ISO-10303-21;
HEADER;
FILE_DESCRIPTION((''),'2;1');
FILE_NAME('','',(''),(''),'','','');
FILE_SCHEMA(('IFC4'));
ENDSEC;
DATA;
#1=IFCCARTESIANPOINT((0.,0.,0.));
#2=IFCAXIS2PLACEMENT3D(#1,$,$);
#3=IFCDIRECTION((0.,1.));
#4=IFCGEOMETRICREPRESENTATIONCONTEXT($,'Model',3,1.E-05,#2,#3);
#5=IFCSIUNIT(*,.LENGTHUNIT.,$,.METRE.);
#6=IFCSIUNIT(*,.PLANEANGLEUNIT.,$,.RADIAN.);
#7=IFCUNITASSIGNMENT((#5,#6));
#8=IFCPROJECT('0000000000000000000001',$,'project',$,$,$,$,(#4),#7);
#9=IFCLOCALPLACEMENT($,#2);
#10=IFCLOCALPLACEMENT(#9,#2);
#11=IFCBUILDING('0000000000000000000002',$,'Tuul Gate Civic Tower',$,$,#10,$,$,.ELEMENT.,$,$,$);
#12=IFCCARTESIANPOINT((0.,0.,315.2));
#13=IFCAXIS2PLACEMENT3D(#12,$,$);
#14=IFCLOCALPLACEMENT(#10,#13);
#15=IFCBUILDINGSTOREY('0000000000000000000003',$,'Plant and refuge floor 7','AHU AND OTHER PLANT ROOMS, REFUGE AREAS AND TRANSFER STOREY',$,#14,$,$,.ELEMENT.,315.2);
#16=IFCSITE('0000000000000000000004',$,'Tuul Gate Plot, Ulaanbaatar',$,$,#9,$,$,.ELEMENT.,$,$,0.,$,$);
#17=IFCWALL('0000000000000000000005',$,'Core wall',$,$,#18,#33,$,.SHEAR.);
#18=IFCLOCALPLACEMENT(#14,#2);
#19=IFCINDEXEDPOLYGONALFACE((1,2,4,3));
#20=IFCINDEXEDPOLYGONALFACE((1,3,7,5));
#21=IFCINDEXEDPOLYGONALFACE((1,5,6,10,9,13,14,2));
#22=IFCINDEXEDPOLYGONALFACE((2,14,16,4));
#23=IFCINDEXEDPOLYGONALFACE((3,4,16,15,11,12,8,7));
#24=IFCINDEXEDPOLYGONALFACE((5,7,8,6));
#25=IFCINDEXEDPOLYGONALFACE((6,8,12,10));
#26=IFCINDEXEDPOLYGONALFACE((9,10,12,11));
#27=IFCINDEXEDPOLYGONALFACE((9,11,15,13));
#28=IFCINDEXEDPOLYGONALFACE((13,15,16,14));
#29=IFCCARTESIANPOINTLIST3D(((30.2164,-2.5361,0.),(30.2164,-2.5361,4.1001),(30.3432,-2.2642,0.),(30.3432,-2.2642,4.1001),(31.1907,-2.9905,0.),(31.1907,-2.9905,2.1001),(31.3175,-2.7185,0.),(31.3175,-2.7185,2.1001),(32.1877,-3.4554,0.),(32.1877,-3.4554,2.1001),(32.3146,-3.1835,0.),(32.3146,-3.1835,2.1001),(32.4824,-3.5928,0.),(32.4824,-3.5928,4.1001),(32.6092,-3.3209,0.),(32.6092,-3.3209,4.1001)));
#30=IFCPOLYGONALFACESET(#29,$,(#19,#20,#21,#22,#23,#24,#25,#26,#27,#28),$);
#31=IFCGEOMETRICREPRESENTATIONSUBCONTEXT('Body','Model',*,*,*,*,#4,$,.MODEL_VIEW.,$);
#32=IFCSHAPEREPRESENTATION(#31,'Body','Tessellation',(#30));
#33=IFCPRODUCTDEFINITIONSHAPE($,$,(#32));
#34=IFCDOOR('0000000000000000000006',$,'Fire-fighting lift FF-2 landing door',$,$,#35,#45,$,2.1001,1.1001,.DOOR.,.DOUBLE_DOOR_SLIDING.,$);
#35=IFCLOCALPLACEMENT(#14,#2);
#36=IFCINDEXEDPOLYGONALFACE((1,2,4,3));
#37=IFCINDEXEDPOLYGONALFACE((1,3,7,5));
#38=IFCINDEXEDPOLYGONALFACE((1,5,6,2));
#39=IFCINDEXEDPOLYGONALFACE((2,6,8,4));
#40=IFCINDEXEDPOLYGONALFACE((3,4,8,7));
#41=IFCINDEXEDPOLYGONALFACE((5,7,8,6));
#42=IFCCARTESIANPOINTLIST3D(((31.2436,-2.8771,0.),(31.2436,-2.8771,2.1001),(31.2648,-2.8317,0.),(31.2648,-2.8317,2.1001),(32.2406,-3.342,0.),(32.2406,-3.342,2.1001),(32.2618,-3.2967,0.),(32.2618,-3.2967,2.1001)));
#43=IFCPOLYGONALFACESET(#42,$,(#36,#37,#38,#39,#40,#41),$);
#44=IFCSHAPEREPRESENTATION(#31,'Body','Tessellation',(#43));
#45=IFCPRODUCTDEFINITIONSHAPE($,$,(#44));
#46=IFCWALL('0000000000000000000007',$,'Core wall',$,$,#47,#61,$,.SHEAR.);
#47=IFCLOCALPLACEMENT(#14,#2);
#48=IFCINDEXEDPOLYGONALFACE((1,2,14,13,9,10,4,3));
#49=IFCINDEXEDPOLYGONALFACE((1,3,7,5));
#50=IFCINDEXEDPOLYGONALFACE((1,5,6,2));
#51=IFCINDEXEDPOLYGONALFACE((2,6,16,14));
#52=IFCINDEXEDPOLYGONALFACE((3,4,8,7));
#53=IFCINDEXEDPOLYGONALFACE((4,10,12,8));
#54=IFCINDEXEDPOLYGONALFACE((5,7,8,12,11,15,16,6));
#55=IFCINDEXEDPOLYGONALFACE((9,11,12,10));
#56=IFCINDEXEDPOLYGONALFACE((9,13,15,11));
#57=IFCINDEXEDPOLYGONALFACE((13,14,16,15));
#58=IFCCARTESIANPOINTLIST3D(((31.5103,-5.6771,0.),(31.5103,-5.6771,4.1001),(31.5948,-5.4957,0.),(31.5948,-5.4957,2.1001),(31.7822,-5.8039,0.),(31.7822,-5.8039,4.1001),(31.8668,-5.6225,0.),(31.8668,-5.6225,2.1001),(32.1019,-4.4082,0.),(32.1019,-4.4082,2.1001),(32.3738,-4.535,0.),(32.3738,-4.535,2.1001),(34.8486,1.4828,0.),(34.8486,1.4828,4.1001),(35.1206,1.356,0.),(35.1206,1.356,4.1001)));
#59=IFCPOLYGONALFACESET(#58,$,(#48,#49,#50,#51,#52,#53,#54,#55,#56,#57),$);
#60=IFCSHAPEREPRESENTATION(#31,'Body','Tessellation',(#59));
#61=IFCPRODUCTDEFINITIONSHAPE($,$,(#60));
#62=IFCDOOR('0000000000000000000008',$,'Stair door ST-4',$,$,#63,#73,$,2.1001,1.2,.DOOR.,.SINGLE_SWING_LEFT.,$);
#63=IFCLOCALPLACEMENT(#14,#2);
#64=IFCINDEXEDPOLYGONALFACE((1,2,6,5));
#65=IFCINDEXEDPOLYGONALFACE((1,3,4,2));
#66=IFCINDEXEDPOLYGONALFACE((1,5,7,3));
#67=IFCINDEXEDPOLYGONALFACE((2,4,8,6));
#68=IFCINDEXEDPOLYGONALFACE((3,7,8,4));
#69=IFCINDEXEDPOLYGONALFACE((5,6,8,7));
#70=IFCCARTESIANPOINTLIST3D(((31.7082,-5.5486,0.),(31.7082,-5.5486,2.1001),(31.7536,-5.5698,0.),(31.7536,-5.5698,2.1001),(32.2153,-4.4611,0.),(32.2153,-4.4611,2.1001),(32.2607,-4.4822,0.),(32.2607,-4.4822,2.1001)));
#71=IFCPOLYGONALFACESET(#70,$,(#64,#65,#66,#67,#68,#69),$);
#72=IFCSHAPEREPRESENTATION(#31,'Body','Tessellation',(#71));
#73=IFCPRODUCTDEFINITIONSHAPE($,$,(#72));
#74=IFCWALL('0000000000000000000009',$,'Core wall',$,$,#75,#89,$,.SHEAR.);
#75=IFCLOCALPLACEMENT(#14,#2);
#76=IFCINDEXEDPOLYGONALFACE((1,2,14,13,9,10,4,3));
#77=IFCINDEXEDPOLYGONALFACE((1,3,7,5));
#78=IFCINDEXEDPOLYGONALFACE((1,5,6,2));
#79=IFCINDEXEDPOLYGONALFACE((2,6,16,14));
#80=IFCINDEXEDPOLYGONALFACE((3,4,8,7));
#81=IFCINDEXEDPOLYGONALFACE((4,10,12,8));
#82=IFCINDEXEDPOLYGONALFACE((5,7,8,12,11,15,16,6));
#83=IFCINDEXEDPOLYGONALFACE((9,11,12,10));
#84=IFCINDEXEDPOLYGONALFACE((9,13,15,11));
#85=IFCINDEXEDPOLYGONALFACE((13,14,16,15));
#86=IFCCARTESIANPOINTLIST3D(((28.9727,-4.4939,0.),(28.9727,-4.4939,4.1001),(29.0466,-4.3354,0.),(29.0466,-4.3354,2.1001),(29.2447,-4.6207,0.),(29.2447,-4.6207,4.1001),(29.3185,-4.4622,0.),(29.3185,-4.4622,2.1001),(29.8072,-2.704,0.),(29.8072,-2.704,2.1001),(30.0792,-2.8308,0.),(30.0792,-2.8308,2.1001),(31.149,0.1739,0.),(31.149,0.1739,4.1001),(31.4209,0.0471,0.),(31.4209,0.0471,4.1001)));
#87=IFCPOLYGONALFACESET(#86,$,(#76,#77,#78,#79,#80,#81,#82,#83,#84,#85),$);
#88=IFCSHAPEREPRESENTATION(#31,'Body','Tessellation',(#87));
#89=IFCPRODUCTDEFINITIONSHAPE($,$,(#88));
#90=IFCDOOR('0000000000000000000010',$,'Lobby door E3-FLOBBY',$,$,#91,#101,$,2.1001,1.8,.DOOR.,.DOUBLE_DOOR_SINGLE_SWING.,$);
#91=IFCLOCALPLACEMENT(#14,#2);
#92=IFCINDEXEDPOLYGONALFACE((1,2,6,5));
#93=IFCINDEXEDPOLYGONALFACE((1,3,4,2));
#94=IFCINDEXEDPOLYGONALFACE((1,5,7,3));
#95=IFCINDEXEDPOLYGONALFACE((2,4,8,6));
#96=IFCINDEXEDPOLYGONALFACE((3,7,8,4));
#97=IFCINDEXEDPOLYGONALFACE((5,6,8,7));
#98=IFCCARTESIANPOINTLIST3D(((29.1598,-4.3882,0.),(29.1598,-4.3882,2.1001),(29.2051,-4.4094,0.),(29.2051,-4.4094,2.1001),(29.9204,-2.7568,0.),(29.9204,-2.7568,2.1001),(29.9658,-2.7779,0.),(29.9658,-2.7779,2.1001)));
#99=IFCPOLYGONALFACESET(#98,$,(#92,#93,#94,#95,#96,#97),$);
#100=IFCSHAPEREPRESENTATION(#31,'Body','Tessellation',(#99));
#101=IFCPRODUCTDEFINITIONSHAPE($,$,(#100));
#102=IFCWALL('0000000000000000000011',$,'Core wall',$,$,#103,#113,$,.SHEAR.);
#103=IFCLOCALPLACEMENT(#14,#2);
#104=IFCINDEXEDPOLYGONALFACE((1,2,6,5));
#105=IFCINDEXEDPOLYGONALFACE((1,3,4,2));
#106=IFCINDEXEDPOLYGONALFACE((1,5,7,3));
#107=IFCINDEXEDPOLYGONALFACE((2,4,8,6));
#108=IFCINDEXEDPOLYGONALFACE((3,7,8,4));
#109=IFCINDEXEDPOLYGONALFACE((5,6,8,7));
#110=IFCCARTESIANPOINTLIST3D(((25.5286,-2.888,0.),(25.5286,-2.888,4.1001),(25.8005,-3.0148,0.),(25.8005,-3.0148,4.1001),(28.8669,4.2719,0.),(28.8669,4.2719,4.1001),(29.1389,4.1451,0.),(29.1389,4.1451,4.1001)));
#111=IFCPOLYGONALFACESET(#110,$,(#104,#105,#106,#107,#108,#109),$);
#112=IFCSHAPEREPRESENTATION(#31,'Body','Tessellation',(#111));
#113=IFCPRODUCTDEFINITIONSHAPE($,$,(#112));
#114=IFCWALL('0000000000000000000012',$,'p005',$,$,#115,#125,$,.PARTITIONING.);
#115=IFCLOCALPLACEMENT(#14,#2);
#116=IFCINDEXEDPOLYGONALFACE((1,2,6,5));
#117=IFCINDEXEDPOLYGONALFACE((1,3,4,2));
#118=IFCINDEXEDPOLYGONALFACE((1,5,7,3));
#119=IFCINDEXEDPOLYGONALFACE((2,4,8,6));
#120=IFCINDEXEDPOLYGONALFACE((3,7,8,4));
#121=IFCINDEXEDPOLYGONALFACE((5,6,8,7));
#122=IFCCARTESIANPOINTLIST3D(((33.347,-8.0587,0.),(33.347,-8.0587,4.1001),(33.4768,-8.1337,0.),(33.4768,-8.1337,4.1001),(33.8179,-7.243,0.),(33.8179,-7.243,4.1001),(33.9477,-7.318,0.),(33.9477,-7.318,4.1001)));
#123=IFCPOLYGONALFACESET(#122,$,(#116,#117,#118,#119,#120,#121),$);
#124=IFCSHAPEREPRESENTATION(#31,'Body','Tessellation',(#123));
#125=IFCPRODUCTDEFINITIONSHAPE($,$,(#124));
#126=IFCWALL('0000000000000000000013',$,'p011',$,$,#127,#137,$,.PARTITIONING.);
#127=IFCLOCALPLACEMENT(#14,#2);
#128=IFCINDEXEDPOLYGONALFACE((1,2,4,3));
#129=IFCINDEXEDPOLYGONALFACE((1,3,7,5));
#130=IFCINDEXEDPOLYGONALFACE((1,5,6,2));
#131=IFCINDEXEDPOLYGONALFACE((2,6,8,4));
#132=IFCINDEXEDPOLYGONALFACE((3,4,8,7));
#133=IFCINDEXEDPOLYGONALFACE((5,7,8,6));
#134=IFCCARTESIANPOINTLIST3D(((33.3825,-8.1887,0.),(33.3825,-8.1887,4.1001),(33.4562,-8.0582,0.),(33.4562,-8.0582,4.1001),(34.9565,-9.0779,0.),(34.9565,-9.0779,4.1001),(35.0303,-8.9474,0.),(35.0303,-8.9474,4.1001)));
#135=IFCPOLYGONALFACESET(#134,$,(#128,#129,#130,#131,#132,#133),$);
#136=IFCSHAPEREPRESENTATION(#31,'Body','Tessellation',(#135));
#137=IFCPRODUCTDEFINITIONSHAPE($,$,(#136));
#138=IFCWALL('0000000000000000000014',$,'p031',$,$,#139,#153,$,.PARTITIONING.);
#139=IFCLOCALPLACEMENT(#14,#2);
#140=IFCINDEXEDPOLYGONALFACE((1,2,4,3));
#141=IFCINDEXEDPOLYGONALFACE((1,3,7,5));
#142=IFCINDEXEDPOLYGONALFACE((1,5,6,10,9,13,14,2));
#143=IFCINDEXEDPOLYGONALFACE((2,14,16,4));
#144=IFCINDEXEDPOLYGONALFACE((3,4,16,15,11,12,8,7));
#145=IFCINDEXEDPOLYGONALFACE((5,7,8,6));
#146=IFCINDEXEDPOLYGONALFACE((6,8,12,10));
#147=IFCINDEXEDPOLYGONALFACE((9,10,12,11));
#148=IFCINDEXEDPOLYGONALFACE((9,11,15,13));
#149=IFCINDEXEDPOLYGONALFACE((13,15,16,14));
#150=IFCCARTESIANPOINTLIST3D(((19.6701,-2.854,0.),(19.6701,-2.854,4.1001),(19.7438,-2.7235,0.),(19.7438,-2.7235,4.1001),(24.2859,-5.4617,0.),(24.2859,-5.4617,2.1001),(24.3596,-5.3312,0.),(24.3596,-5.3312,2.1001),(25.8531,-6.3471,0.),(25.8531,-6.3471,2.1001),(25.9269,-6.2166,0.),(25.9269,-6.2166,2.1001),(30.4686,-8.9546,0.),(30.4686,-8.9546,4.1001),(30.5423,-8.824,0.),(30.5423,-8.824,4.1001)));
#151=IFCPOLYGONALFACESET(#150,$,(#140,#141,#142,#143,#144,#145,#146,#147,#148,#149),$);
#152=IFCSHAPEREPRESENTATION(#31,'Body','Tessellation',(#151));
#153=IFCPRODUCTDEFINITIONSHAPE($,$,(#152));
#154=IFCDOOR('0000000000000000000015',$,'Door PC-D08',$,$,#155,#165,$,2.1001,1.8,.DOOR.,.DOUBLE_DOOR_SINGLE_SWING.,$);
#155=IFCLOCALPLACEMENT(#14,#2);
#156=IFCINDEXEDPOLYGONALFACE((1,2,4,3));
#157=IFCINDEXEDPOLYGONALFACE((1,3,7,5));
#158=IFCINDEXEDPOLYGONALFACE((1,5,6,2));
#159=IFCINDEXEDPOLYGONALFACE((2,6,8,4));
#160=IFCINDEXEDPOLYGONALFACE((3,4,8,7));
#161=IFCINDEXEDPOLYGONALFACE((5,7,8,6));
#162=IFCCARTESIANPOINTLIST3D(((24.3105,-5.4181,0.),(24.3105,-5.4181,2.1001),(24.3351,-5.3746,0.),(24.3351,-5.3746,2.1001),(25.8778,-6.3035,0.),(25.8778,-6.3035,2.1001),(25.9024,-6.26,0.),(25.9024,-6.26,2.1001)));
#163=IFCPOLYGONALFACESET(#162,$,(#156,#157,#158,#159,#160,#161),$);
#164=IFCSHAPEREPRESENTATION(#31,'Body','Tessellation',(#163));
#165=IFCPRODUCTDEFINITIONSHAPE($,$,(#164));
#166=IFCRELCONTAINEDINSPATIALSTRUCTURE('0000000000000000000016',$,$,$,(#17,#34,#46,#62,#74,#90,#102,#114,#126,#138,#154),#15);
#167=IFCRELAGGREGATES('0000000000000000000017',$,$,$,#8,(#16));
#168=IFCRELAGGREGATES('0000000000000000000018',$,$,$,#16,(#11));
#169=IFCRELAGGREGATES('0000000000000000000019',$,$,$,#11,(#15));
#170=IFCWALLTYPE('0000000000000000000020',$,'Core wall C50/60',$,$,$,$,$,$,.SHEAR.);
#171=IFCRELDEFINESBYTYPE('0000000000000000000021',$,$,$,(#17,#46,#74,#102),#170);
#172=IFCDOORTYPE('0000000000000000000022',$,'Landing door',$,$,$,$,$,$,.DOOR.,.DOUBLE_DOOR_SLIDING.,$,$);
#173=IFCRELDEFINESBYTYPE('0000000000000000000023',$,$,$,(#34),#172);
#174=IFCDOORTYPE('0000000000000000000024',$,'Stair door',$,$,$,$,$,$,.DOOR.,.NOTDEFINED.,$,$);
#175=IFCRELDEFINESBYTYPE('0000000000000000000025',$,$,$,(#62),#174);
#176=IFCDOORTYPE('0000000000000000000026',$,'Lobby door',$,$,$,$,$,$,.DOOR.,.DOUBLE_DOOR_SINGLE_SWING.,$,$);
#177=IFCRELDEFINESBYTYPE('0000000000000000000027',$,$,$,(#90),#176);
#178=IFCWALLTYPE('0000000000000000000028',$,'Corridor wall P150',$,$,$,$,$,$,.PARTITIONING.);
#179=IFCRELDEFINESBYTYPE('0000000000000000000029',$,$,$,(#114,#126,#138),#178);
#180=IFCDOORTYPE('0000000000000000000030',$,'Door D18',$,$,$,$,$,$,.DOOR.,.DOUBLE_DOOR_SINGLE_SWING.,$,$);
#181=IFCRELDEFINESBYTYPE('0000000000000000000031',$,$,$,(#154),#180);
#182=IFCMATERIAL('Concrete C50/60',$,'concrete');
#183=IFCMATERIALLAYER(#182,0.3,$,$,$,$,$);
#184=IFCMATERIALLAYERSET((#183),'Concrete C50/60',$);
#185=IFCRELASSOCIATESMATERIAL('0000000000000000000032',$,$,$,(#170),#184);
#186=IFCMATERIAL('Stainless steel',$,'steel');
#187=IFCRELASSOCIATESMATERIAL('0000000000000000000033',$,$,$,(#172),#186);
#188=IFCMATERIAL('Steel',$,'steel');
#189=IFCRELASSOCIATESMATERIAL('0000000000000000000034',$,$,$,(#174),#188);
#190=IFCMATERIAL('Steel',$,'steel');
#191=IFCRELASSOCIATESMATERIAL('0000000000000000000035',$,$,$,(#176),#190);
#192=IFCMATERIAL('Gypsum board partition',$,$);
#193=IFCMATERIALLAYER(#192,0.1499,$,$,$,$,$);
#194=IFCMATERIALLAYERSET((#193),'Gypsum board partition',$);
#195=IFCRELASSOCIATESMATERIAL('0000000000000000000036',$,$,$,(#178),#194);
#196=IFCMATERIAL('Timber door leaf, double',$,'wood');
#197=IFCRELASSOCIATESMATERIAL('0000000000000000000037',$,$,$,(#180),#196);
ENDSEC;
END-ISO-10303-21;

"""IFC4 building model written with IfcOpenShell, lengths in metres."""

from ifc_helpers import new_model, si_unit, direction, frame, frame_2d, origin, place, context, subcontext, project, spatial, rectangle, extrude, material, layer, layer_set, type_object, element, fill, save


model = new_model("IFC4")

# Units and contexts
model_context = context("Model", 3, precision=1e-05, world=origin(), true_north=direction((0.0, 1.0)))
body_context = subcontext(model_context, "Body", "Model", "MODEL_VIEW")
ifc_project = project(units=[si_unit("LENGTHUNIT", "METRE"), si_unit("PLANEANGLEUNIT", "RADIAN")], contexts=[model_context])

# Site, building, storey
site_placement = place(None, origin())
site = spatial("IfcSite", under=ifc_project, at=site_placement, Name="Tuul Gate Plot, Ulaanbaatar", CompositionType="ELEMENT", RefElevation=0.0)
building_placement = place(site_placement, origin())
building = spatial("IfcBuilding", under=site, at=building_placement, Name="Tuul Gate Civic Tower", CompositionType="ELEMENT")
storey_placement = place(building_placement, frame((0.0, 0.0, 315.2)))
storey = spatial("IfcBuildingStorey", under=building, at=storey_placement, Name="Plant and refuge floor 7", Description="AHU AND OTHER PLANT ROOMS, REFUGE AREAS AND TRANSFER STOREY", CompositionType="ELEMENT", Elevation=315.2)

# Walls, openings, doors
ifc_material_1 = material(Name="Concrete C50/60", Category="concrete")
ifc_layer_1 = layer(ifc_material_1, 0.3)
ifc_layer_set_1 = layer_set([ifc_layer_1], Name="Concrete C50/60")
wall_type_1 = type_object("IfcWallType", Name="Core wall C50/60", PredefinedType="SHEAR", material=ifc_layer_set_1)
wall_1_placement = place(storey_placement, frame((32.5457, -3.4568, 0.0), z_axis=(0.0, 0.0, 1.0), x_axis=(-0.9063, 0.422634, 0.0)))
wall_1 = element("IfcWall", 1, at=wall_1_placement, inside=storey, type_object=wall_type_1, Name="Core wall", PredefinedType="SHEAR", context=body_context, shape_type="SweptSolid", body=[
    extrude(rectangle(XDim=2.5002, YDim=0.3, at=frame_2d((1.25, 0.0))), origin(), (0.0, 0.0, 1.0), 4.1001),
])
opening_1_placement = place(wall_1_placement, frame((0.325, 0.0, 0.0)))
opening_1 = element("IfcOpeningElement", 2, at=opening_1_placement, cuts=wall_1, PredefinedType="OPENING", context=body_context, shape_type="SweptSolid", body=[
    extrude(rectangle(XDim=1.1001, YDim=2.1001, at=frame_2d((0.55, 1.05))), frame((0.0, 0.1602, 0.0), z_axis=(0.0, -1.0, 0.0), x_axis=(1.0, 0.0, 0.0)), (0.0, 0.0, 1.0), 0.3201),
])
ifc_material_2 = material(Name="Stainless steel", Category="steel")
door_type_1 = type_object("IfcDoorType", Name="Landing door", OperationType="DOUBLE_DOOR_SLIDING", PredefinedType="DOOR", material=ifc_material_2)
door_1_placement = place(opening_1_placement, origin())
door_1 = element("IfcDoor", 3, at=door_1_placement, inside=storey, type_object=door_type_1, Name="Fire-fighting lift FF-2 landing door", OperationType="DOUBLE_DOOR_SLIDING", OverallHeight=2.1001, OverallWidth=1.1001, PredefinedType="DOOR", context=body_context, shape_type="SweptSolid", body=[
    extrude(rectangle(XDim=1.1001, YDim=2.1001, at=frame_2d((0.55, 1.05))), frame((0.0, 0.0249, 0.0), z_axis=(0.0, -1.0, 0.0), x_axis=(1.0, 0.0, 0.0)), (0.0, 0.0, 1.0), 0.05),
])
fill(opening_1, door_1)
wall_2_placement = place(storey_placement, frame((31.6462, -5.7405, 0.0), z_axis=(0.0, 0.0, 1.0), x_axis=(0.422583, 0.906324, 0.0)))
wall_2 = element("IfcWall", 4, at=wall_2_placement, inside=storey, type_object=wall_type_1, Name="Core wall", PredefinedType="SHEAR", context=body_context, shape_type="SweptSolid", body=[
    extrude(rectangle(XDim=7.8999, YDim=0.3, at=frame_2d((3.95, 0.0))), origin(), (0.0, 0.0, 1.0), 4.1001),
])
opening_2_placement = place(wall_2_placement, frame((0.2, 0.0, 0.0)))
opening_2 = element("IfcOpeningElement", 5, at=opening_2_placement, cuts=wall_2, PredefinedType="OPENING", context=body_context, shape_type="SweptSolid", body=[
    extrude(rectangle(XDim=1.2, YDim=2.1001, at=frame_2d((0.6001, 1.05))), frame((0.0, 0.1602, 0.0), z_axis=(0.0, -1.0, 0.0), x_axis=(1.0, 0.0, 0.0)), (0.0, 0.0, 1.0), 0.3201),
])
ifc_material_3 = material(Name="Steel", Category="steel")
door_type_2 = type_object("IfcDoorType", Name="Stair door", OperationType="NOTDEFINED", PredefinedType="DOOR", material=ifc_material_3)
door_2_placement = place(opening_2_placement, origin())
door_2 = element("IfcDoor", 6, at=door_2_placement, inside=storey, type_object=door_type_2, Name="Stair door ST-4", OperationType="SINGLE_SWING_LEFT", OverallHeight=2.1001, OverallWidth=1.2, PredefinedType="DOOR", context=body_context, shape_type="SweptSolid", body=[
    extrude(rectangle(XDim=1.2, YDim=2.1001, at=frame_2d((0.6001, 1.05))), frame((0.0, 0.0249, 0.0), z_axis=(0.0, -1.0, 0.0), x_axis=(1.0, 0.0, 0.0)), (0.0, 0.0, 1.0), 0.05),
])
fill(opening_2, door_2)
wall_3_placement = place(storey_placement, frame((29.1086, -4.5574, 0.0), z_axis=(0.0, 0.0, 1.0), x_axis=(0.422566, 0.906332, 0.0)))
wall_3 = element("IfcWall", 7, at=wall_3_placement, inside=storey, type_object=wall_type_1, Name="Core wall", PredefinedType="SHEAR", context=body_context, shape_type="SweptSolid", body=[
    extrude(rectangle(XDim=5.1501, YDim=0.3, at=frame_2d((2.5752, 0.0))), origin(), (0.0, 0.0, 1.0), 4.1001),
])
opening_3_placement = place(wall_3_placement, frame((0.175, 0.0, 0.0)))
opening_3 = element("IfcOpeningElement", 8, at=opening_3_placement, cuts=wall_3, PredefinedType="OPENING", context=body_context, shape_type="SweptSolid", body=[
    extrude(rectangle(XDim=1.8, YDim=2.1001, at=frame_2d((0.8999, 1.05))), frame((0.0, 0.1602, 0.0), z_axis=(0.0, -1.0, 0.0), x_axis=(1.0, 0.0, 0.0)), (0.0, 0.0, 1.0), 0.3201),
])
ifc_material_4 = material(Name="Steel", Category="steel")
door_type_3 = type_object("IfcDoorType", Name="Lobby door", OperationType="DOUBLE_DOOR_SINGLE_SWING", PredefinedType="DOOR", material=ifc_material_4)
door_3_placement = place(opening_3_placement, frame((1.8, 0.0, 0.0), z_axis=(0.0, 0.0, 1.0), x_axis=(-1.0, 0.0, 0.0)))
door_3 = element("IfcDoor", 9, at=door_3_placement, inside=storey, type_object=door_type_3, Name="Lobby door E3-FLOBBY", OperationType="DOUBLE_DOOR_SINGLE_SWING", OverallHeight=2.1001, OverallWidth=1.8, PredefinedType="DOOR", context=body_context, shape_type="SweptSolid", body=[
    extrude(rectangle(XDim=1.8, YDim=2.1001, at=frame_2d((0.9001, 1.05))), frame((0.0, 0.0249, 0.0), z_axis=(0.0, -1.0, 0.0), x_axis=(1.0, 0.0, 0.0)), (0.0, 0.0, 1.0), 0.05),
])
fill(opening_3, door_3)

# Walls
wall_4_placement = place(storey_placement, frame((25.6646, -2.9514, 0.0), z_axis=(0.0, 0.0, 1.0), x_axis=(0.422583, 0.906324, 0.0)))
element("IfcWall", 10, at=wall_4_placement, inside=storey, type_object=wall_type_1, Name="Core wall", PredefinedType="SHEAR", context=body_context, shape_type="SweptSolid", body=[
    extrude(rectangle(XDim=7.8999, YDim=0.3, at=frame_2d((3.95, 0.0))), origin(), (0.0, 0.0, 1.0), 4.1001),
])
ifc_material_5 = material(Name="Gypsum board partition")
ifc_layer_2 = layer(ifc_material_5, 0.1499)
ifc_layer_set_2 = layer_set([ifc_layer_2], Name="Gypsum board partition")
wall_type_2 = type_object("IfcWallType", Name="Corridor wall P150", PredefinedType="PARTITIONING", material=ifc_layer_set_2)
wall_5_placement = place(storey_placement, frame((33.4119, -8.0962, 0.0), z_axis=(0.0, 0.0, 1.0), x_axis=(0.500014, 0.866017, 0.0)))
element("IfcWall", 11, at=wall_5_placement, inside=storey, type_object=wall_type_2, Name="p005", PredefinedType="PARTITIONING", context=body_context, shape_type="SweptSolid", body=[
    extrude(rectangle(XDim=0.9419, YDim=0.1499, at=frame_2d((0.4709, 0.0))), origin(), (0.0, 0.0, 1.0), 4.1001),
])
wall_6_placement = place(storey_placement, frame((33.4194, -8.1235, 0.0), z_axis=(0.0, 0.0, 1.0), x_axis=(0.870676, -0.491857, 0.0)))
element("IfcWall", 12, at=wall_6_placement, inside=storey, type_object=wall_type_2, Name="p011", PredefinedType="PARTITIONING", context=body_context, shape_type="SweptSolid", body=[
    extrude(rectangle(XDim=1.8079, YDim=0.1499, at=frame_2d((0.9038, 0.0))), origin(), (0.0, 0.0, 1.0), 4.1001),
])

# Wall, opening, door
wall_7_placement = place(storey_placement, frame((19.707, -2.7888, 0.0), z_axis=(0.0, 0.0, 1.0), x_axis=(0.870665, -0.491876, 0.0)))
wall_7 = element("IfcWall", 13, at=wall_7_placement, inside=storey, type_object=wall_type_2, Name="p031", PredefinedType="PARTITIONING", context=body_context, shape_type="SweptSolid", body=[
    extrude(rectangle(XDim=12.4026, YDim=0.1499, at=frame_2d((6.2012, 0.0))), origin(), (0.0, 0.0, 1.0), 4.1001),
])
opening_4_placement = place(wall_7_placement, frame((5.3015, 0.0, 0.0)))
opening_4 = element("IfcOpeningElement", 14, at=opening_4_placement, cuts=wall_7, PredefinedType="OPENING", context=body_context, shape_type="SweptSolid", body=[
    extrude(rectangle(XDim=1.8, YDim=2.1001, at=frame_2d((0.8999, 1.05))), frame((0.0, 0.085, 0.0), z_axis=(0.0, -1.0, 0.0), x_axis=(1.0, 0.0, 0.0)), (0.0, 0.0, 1.0), 0.1699),
])
ifc_material_6 = material(Name="Timber door leaf, double", Category="wood")
door_type_4 = type_object("IfcDoorType", Name="Door D18", OperationType="DOUBLE_DOOR_SINGLE_SWING", PredefinedType="DOOR", material=ifc_material_6)
door_4_placement = place(opening_4_placement, frame((1.8, 0.0, 0.0), z_axis=(0.0, 0.0, 1.0), x_axis=(-1.0, 0.0, 0.0)))
door_4 = element("IfcDoor", 15, at=door_4_placement, inside=storey, type_object=door_type_4, Name="Door PC-D08", OperationType="DOUBLE_DOOR_SINGLE_SWING", OverallHeight=2.1001, OverallWidth=1.8, PredefinedType="DOOR", context=body_context, shape_type="SweptSolid", body=[
    extrude(rectangle(XDim=1.8, YDim=2.1001, at=frame_2d((0.9001, 1.05))), frame((0.0, 0.0249, 0.0), z_axis=(0.0, -1.0, 0.0), x_axis=(1.0, 0.0, 0.0)), (0.0, 0.0, 1.0), 0.05),
])
fill(opening_4, door_4)

save(model, "model.ifc")
